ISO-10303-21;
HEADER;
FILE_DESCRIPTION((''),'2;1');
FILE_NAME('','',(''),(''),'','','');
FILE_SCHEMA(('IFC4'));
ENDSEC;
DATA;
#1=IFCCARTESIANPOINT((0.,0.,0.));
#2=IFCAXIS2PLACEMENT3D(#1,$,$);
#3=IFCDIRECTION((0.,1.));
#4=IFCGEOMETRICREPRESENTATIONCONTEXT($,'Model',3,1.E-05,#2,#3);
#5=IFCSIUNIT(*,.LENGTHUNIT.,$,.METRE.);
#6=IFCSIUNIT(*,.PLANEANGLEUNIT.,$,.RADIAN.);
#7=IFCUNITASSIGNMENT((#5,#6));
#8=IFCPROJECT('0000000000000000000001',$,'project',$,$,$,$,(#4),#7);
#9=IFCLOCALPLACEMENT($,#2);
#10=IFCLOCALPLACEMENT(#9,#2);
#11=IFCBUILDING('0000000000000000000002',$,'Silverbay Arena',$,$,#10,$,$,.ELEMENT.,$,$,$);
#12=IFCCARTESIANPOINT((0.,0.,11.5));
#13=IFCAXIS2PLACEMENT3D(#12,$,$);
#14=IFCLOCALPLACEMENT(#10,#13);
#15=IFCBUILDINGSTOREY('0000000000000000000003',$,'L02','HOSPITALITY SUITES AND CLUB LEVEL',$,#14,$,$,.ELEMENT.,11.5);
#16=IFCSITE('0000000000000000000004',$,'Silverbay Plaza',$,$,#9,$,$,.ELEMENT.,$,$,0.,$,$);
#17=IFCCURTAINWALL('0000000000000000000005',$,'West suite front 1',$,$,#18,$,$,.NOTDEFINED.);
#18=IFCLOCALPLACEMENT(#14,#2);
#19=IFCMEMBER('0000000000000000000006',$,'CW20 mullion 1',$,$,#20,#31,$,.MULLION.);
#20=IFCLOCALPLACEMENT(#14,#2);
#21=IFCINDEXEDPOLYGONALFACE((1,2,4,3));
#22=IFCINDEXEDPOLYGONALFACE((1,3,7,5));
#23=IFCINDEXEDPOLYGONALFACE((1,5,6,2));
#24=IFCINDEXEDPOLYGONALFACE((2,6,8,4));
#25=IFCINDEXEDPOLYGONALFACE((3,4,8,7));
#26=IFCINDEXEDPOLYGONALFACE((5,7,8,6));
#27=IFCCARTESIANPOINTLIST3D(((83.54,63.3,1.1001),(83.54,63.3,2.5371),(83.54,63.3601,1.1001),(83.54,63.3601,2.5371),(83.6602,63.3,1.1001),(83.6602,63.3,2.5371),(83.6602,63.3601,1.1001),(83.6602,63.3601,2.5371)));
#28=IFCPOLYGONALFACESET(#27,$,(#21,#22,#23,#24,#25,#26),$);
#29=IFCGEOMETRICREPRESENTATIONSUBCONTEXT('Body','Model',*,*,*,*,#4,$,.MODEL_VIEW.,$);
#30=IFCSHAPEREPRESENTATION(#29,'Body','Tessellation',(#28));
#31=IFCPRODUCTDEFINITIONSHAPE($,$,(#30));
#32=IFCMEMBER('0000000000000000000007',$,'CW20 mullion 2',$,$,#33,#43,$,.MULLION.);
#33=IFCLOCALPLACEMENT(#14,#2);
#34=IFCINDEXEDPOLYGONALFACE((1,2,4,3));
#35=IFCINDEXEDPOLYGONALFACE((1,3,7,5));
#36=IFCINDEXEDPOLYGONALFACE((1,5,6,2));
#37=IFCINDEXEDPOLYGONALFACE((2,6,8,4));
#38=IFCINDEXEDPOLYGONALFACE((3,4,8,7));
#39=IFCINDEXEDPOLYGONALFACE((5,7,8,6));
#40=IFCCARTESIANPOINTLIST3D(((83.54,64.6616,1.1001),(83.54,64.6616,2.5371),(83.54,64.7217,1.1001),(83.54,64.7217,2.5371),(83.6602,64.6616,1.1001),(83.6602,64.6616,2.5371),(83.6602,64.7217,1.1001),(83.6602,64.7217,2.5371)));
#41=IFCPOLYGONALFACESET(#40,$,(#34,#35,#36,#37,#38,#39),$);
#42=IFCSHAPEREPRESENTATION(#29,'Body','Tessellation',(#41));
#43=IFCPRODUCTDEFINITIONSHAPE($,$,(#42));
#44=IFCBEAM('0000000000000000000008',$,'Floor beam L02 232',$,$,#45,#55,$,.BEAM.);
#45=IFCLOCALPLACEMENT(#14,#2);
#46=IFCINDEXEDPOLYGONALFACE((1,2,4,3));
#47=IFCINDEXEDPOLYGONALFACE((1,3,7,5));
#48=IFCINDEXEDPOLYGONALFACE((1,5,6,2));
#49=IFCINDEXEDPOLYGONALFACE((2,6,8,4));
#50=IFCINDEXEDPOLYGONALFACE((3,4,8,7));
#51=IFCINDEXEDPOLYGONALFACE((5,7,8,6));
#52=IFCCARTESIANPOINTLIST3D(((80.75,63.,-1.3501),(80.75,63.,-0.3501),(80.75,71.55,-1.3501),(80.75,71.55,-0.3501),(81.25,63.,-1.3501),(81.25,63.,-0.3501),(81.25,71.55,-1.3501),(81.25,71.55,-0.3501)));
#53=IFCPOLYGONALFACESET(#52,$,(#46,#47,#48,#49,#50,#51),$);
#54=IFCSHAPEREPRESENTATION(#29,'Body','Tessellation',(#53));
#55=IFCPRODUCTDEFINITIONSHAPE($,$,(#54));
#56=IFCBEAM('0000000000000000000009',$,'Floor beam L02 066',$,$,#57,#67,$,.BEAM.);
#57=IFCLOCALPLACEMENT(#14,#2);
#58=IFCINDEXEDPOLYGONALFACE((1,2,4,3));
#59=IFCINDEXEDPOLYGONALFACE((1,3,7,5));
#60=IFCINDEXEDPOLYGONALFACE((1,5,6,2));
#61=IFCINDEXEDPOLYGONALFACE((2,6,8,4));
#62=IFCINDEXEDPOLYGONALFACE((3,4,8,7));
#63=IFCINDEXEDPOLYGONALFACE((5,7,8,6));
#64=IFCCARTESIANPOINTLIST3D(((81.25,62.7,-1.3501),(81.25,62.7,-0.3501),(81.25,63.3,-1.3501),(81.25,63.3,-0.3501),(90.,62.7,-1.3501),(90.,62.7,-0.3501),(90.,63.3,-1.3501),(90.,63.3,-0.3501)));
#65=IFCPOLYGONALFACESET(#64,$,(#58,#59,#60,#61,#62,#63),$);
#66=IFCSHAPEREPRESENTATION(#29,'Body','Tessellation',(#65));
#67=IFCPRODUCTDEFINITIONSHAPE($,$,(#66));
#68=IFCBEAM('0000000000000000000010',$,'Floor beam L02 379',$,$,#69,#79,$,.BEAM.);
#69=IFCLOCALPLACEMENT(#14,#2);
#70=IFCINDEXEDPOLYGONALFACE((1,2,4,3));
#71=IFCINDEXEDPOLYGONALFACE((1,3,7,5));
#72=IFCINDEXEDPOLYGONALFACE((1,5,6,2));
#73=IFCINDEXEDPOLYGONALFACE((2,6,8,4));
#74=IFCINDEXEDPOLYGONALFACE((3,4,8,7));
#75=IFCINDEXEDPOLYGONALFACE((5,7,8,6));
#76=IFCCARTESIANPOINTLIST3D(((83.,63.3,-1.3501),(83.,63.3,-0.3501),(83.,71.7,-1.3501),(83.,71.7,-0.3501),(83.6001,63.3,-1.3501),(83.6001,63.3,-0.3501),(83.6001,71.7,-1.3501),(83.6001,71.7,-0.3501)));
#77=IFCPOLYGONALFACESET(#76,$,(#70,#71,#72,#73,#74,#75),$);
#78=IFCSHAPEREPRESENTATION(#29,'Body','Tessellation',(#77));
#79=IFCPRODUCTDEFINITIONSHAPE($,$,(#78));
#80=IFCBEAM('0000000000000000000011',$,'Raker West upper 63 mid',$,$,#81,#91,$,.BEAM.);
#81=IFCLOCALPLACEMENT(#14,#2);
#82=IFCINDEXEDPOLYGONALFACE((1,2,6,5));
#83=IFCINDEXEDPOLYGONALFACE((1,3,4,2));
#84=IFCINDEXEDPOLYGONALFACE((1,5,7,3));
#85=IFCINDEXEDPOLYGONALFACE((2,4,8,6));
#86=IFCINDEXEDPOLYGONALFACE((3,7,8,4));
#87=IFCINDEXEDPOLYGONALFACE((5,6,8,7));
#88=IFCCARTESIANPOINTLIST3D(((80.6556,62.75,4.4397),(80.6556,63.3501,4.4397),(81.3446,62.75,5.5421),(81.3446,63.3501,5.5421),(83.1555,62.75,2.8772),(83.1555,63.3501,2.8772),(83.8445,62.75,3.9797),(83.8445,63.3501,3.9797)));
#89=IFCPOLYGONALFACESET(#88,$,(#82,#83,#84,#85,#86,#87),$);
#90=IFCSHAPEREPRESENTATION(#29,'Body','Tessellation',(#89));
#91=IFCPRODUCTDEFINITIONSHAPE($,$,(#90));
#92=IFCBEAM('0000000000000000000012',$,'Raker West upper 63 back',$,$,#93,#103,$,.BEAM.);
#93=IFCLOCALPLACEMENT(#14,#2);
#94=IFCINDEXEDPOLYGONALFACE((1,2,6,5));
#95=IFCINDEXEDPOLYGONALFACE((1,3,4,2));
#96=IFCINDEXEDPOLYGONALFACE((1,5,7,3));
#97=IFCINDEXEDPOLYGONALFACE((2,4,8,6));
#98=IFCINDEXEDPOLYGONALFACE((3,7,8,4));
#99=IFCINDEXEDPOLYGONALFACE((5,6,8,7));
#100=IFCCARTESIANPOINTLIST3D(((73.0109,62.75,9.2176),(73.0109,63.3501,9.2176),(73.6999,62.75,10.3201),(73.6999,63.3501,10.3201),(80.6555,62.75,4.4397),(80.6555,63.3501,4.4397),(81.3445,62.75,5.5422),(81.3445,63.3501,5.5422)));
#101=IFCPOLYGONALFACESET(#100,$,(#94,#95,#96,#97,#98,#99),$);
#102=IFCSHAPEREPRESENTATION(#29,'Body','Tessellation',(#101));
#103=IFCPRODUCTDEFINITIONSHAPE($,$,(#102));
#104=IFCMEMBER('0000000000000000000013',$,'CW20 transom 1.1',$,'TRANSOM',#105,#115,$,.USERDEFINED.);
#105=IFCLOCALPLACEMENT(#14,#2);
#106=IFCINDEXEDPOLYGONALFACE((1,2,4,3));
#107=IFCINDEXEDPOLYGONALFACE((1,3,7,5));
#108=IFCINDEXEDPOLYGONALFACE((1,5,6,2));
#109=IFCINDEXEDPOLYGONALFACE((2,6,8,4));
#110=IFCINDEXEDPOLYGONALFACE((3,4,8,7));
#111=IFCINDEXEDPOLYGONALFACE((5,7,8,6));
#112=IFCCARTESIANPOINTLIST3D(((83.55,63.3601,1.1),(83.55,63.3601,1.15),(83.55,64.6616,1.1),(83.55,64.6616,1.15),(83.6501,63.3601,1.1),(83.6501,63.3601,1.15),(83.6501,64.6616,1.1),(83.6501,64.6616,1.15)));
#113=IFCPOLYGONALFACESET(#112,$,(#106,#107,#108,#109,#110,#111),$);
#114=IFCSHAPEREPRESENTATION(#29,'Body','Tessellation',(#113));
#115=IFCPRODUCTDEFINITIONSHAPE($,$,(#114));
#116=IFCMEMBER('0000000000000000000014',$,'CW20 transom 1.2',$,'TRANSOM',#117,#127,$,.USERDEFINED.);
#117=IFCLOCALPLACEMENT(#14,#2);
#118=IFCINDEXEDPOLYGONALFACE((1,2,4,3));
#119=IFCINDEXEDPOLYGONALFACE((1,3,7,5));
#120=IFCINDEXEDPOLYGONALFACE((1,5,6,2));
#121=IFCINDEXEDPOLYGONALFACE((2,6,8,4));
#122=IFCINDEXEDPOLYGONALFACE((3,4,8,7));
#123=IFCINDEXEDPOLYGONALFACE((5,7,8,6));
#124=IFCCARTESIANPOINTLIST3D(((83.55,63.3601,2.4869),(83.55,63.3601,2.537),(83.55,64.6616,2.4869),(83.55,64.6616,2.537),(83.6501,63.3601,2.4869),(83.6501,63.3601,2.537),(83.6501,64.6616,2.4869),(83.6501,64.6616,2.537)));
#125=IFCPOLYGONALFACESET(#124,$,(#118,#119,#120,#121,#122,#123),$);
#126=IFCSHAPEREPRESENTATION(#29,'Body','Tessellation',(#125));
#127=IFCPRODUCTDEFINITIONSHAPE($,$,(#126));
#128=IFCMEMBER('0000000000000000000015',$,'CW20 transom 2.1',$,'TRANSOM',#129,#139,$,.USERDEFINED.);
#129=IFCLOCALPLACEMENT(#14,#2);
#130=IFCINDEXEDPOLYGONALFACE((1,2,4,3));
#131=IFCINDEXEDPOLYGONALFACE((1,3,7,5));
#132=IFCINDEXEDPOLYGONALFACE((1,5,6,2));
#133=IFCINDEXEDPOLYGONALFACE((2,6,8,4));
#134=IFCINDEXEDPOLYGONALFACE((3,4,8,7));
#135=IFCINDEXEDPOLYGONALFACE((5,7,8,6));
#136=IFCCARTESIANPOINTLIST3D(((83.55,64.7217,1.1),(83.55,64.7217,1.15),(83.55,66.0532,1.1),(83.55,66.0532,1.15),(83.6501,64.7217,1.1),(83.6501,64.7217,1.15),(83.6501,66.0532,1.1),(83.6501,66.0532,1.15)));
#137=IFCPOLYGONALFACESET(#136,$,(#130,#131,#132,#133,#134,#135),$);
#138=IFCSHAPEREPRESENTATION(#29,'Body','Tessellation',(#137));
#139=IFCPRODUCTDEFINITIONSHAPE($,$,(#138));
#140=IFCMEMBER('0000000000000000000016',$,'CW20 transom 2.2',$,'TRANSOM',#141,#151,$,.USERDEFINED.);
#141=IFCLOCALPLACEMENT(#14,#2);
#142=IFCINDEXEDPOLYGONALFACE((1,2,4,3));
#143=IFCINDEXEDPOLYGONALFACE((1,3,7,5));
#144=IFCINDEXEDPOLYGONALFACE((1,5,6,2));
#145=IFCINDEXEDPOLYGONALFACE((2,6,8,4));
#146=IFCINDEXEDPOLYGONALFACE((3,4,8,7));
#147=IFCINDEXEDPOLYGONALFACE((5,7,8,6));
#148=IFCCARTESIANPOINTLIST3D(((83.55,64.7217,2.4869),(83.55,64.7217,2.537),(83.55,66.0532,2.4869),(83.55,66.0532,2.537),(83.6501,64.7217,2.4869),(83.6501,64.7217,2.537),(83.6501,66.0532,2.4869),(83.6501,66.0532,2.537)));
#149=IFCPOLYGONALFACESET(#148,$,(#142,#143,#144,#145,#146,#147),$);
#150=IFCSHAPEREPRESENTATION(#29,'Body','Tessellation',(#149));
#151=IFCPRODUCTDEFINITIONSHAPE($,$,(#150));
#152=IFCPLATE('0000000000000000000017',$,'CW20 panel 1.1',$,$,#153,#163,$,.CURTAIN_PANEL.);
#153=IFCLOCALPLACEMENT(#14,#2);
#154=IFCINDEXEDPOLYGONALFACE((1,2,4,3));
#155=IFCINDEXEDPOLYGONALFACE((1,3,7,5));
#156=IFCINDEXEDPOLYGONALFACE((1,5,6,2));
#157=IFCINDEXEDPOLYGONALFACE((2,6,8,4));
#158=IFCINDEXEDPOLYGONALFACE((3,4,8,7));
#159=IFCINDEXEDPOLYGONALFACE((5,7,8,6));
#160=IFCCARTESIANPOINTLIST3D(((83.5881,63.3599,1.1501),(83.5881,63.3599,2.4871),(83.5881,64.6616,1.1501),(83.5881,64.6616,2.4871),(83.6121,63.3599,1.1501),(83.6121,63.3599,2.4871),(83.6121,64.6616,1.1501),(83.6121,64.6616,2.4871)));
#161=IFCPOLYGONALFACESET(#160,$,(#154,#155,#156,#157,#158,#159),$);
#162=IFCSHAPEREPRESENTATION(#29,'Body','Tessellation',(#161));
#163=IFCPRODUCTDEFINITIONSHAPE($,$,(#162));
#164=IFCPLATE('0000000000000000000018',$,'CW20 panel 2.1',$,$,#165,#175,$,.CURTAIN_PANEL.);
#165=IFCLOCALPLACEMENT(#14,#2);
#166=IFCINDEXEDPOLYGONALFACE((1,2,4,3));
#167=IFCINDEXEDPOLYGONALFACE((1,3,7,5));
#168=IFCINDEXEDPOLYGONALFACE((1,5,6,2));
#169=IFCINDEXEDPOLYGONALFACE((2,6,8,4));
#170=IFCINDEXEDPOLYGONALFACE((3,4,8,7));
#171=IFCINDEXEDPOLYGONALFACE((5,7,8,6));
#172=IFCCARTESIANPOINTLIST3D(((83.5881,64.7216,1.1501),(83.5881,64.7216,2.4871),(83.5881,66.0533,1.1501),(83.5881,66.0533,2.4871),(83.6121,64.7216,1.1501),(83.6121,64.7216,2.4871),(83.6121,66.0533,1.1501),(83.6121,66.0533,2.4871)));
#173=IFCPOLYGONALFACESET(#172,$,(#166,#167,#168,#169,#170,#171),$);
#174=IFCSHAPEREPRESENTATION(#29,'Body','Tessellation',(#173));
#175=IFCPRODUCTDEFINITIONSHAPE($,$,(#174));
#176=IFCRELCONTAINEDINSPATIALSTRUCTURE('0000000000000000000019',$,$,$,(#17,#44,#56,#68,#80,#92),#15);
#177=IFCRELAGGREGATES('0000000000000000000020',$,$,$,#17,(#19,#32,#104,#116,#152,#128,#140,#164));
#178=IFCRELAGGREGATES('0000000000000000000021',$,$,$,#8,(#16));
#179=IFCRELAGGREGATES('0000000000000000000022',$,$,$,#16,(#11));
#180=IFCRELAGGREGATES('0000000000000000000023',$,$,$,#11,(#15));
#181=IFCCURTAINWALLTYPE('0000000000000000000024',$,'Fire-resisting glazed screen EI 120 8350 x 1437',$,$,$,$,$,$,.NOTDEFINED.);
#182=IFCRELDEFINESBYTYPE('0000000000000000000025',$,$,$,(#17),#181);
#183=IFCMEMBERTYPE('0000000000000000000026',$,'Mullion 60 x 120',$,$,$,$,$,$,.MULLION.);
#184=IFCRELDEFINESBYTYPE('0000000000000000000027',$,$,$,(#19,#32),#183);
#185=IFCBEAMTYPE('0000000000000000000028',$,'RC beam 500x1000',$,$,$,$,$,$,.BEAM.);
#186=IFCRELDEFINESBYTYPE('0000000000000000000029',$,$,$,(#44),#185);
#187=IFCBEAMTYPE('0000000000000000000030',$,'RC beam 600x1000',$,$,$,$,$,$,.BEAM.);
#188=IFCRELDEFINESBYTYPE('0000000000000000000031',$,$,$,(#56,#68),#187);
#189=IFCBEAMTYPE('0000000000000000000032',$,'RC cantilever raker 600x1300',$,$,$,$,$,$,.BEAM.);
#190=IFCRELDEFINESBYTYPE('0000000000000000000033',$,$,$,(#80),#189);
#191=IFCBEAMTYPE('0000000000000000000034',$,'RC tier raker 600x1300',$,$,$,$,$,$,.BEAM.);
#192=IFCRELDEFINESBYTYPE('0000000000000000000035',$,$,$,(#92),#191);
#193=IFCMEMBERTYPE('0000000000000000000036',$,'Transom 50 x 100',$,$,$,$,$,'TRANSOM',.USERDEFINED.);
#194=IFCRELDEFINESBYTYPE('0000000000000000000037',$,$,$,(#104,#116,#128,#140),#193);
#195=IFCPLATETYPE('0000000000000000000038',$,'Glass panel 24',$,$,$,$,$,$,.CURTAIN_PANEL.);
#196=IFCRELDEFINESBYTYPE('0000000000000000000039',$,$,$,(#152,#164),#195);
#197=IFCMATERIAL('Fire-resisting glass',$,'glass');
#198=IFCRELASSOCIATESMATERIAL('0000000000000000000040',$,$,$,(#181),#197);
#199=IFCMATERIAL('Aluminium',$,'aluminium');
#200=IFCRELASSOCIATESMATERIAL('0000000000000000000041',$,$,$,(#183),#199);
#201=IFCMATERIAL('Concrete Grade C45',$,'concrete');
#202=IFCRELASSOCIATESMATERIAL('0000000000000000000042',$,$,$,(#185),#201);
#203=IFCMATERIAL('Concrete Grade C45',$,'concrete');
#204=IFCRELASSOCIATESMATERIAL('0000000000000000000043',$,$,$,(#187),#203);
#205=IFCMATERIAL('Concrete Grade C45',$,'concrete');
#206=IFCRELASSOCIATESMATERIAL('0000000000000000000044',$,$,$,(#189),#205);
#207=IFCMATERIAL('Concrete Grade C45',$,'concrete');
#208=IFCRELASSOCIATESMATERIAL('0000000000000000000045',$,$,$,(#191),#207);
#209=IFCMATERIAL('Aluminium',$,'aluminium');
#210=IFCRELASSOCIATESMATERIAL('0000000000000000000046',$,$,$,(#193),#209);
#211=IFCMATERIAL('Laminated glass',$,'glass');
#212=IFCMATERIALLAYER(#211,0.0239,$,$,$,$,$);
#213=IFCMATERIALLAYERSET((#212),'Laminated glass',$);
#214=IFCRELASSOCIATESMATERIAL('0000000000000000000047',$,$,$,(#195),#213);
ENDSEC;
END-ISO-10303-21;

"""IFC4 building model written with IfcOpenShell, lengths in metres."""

from ifc_helpers import new_model, si_unit, direction, frame, origin, origin_2d, place, context, subcontext, project, spatial, rectangle, extrude, material, layer, layer_set, material_profile, profile_set, type_object, element, aggregate, save


model = new_model("IFC4")

# Units and contexts
model_context = context("Model", 3, precision=1e-05, world=origin(), true_north=direction((0.0, 1.0)))
body_context = subcontext(model_context, "Body", "Model", "MODEL_VIEW")
ifc_project = project(units=[si_unit("LENGTHUNIT", "METRE"), si_unit("PLANEANGLEUNIT", "RADIAN")], contexts=[model_context])

# Site, building, storey
site_placement = place(None, origin())
site = spatial("IfcSite", under=ifc_project, at=site_placement, Name="Silverbay Plaza", CompositionType="ELEMENT", RefElevation=0.0)
building_placement = place(site_placement, origin())
building = spatial("IfcBuilding", under=site, at=building_placement, Name="Silverbay Arena", CompositionType="ELEMENT")
storey_placement = place(building_placement, frame((0.0, 0.0, 11.5)))
storey = spatial("IfcBuildingStorey", under=building, at=storey_placement, Name="L02", Description="HOSPITALITY SUITES AND CLUB LEVEL", CompositionType="ELEMENT", Elevation=11.5)

# Curtain wall, members
ifc_material_1 = material(Name="Fire-resisting glass", Category="glass")
curtain_wall_type = type_object("IfcCurtainWallType", Name="Fire-resisting glazed screen EI 120 8350 x 1437", PredefinedType="NOTDEFINED", material=ifc_material_1)
curtain_wall_placement = place(storey_placement, origin())
curtain_wall = element("IfcCurtainWall", 1, at=curtain_wall_placement, inside=storey, type_object=curtain_wall_type, Name="West suite front 1", PredefinedType="NOTDEFINED")
ifc_material_2 = material(Name="Aluminium", Category="aluminium")
ifc_material_profile_1 = material_profile(ifc_material_2, rectangle(XDim=0.1201, YDim=0.0601, at=origin_2d()), Name="Mullion 60 x 120")
ifc_profile_set_1 = profile_set([ifc_material_profile_1], Name="Aluminium")
member_type_1 = type_object("IfcMemberType", Name="Mullion 60 x 120", PredefinedType="MULLION", material=ifc_profile_set_1)
member_1_placement = place(storey_placement, frame((83.6001, 63.3301, 1.1001), z_axis=(0.0, 0.0, 1.0), x_axis=(-1.0, 0.0, 0.0)))
member_1 = element("IfcMember", 2, at=member_1_placement, type_object=member_type_1, Name="CW20 mullion 1", PredefinedType="MULLION", context=body_context, shape_type="SweptSolid", body=[
    extrude(rectangle(XDim=0.1201, YDim=0.0601, at=origin_2d()), origin(), (0.0, 0.0, 1.0), 1.437),
])
member_2_placement = place(storey_placement, frame((83.6001, 64.6917, 1.1001), z_axis=(0.0, 0.0, 1.0), x_axis=(-1.0, 0.0, 0.0)))
member_2 = element("IfcMember", 3, at=member_2_placement, type_object=member_type_1, Name="CW20 mullion 2", PredefinedType="MULLION", context=body_context, shape_type="SweptSolid", body=[
    extrude(rectangle(XDim=0.1201, YDim=0.0601, at=origin_2d()), origin(), (0.0, 0.0, 1.0), 1.437),
])

# Beams
ifc_material_3 = material(Name="Concrete Grade C45", Category="concrete")
ifc_material_profile_2 = material_profile(ifc_material_3, rectangle(XDim=0.5, YDim=1.0, at=origin_2d()), Name="RC 500x1000")
ifc_profile_set_2 = profile_set([ifc_material_profile_2], Name="Concrete Grade C45")
beam_type_1 = type_object("IfcBeamType", Name="RC beam 500x1000", PredefinedType="BEAM", material=ifc_profile_set_2)
beam_1_placement = place(storey_placement, frame((81.0, 63.0, -0.8501), z_axis=(0.0, 1.0, 0.0), x_axis=(-1.0, 0.0, 0.0)))
element("IfcBeam", 4, at=beam_1_placement, inside=storey, type_object=beam_type_1, Name="Floor beam L02 232", PredefinedType="BEAM", context=body_context, shape_type="SweptSolid", body=[
    extrude(rectangle(XDim=0.5, YDim=1.0, at=origin_2d()), origin(), (0.0, 0.0, 1.0), 8.55),
])
ifc_material_4 = material(Name="Concrete Grade C45", Category="concrete")
ifc_material_profile_3 = material_profile(ifc_material_4, rectangle(XDim=0.6001, YDim=1.0, at=origin_2d()), Name="RC 600x1000")
ifc_profile_set_3 = profile_set([ifc_material_profile_3], Name="Concrete Grade C45")
beam_type_2 = type_object("IfcBeamType", Name="RC beam 600x1000", PredefinedType="BEAM", material=ifc_profile_set_3)
beam_2_placement = place(storey_placement, frame((81.25, 63.0, -0.8501), z_axis=(1.0, 0.0, 0.0), x_axis=(0.0, 1.0, 0.0)))
element("IfcBeam", 5, at=beam_2_placement, inside=storey, type_object=beam_type_2, Name="Floor beam L02 066", PredefinedType="BEAM", context=body_context, shape_type="SweptSolid", body=[
    extrude(rectangle(XDim=0.6001, YDim=1.0, at=origin_2d()), origin(), (0.0, 0.0, 1.0), 8.75),
])
beam_3_placement = place(storey_placement, frame((83.3, 63.3, -0.8501), z_axis=(0.0, 1.0, 0.0), x_axis=(-1.0, 0.0, 0.0)))
element("IfcBeam", 6, at=beam_3_placement, inside=storey, type_object=beam_type_2, Name="Floor beam L02 379", PredefinedType="BEAM", context=body_context, shape_type="SweptSolid", body=[
    extrude(rectangle(XDim=0.6001, YDim=1.0, at=origin_2d()), origin(), (0.0, 0.0, 1.0), 8.3999),
])
ifc_material_5 = material(Name="Concrete Grade C45", Category="concrete")
ifc_material_profile_4 = material_profile(ifc_material_5, rectangle(XDim=0.6001, YDim=1.3, at=origin_2d()), Name="RC 600x1300")
ifc_profile_set_4 = profile_set([ifc_material_profile_4], Name="Concrete Grade C45")
beam_type_3 = type_object("IfcBeamType", Name="RC cantilever raker 600x1300", PredefinedType="BEAM", material=ifc_profile_set_4)
beam_4_placement = place(storey_placement, frame((83.5, 63.05, 3.4285), z_axis=(-0.847998, 0.0, 0.529999), x_axis=(0.0, -1.0, 0.0)))
element("IfcBeam", 7, at=beam_4_placement, inside=storey, type_object=beam_type_3, Name="Raker West upper 63 mid", PredefinedType="BEAM", context=body_context, shape_type="SweptSolid", body=[
    extrude(rectangle(XDim=0.6001, YDim=1.3, at=origin_2d()), origin(), (0.0, 0.0, 1.0), 2.948),
])
ifc_material_6 = material(Name="Concrete Grade C45", Category="concrete")
ifc_material_profile_5 = material_profile(ifc_material_6, rectangle(XDim=0.6001, YDim=1.3, at=origin_2d()), Name="RC 600x1300")
ifc_profile_set_5 = profile_set([ifc_material_profile_5], Name="Concrete Grade C45")
beam_type_4 = type_object("IfcBeamType", Name="RC tier raker 600x1300", PredefinedType="BEAM", material=ifc_profile_set_5)
beam_5_placement = place(storey_placement, frame((81.0, 63.05, 4.991), z_axis=(-0.847998, 0.0, 0.529999), x_axis=(0.0, -1.0, 0.0)))
element("IfcBeam", 8, at=beam_5_placement, inside=storey, type_object=beam_type_4, Name="Raker West upper 63 back", PredefinedType="BEAM", context=body_context, shape_type="SweptSolid", body=[
    extrude(rectangle(XDim=0.6001, YDim=1.3, at=origin_2d()), origin(), (0.0, 0.0, 1.0), 9.0149),
])

# Members
ifc_material_7 = material(Name="Aluminium", Category="aluminium")
ifc_material_profile_6 = material_profile(ifc_material_7, rectangle(XDim=0.1001, YDim=0.05, at=origin_2d()), Name="Transom 50 x 100")
ifc_profile_set_6 = profile_set([ifc_material_profile_6], Name="Aluminium")
member_type_2 = type_object("IfcMemberType", Name="Transom 50 x 100", ElementType="TRANSOM", PredefinedType="USERDEFINED", material=ifc_profile_set_6)
member_3_placement = place(storey_placement, frame((83.6001, 63.3601, 1.125), z_axis=(0.0, 1.0, 0.0), x_axis=(-1.0, 0.0, 0.0)))
member_3 = element("IfcMember", 9, at=member_3_placement, type_object=member_type_2, Name="CW20 transom 1.1", ObjectType="TRANSOM", PredefinedType="USERDEFINED", context=body_context, shape_type="SweptSolid", body=[
    extrude(rectangle(XDim=0.1001, YDim=0.05, at=origin_2d()), origin(), (0.0, 0.0, 1.0), 1.3015),
])
member_4_placement = place(storey_placement, frame((83.6001, 63.3601, 2.512), z_axis=(0.0, 1.0, 0.0), x_axis=(-1.0, 0.0, 0.0)))
member_4 = element("IfcMember", 10, at=member_4_placement, type_object=member_type_2, Name="CW20 transom 1.2", ObjectType="TRANSOM", PredefinedType="USERDEFINED", context=body_context, shape_type="SweptSolid", body=[
    extrude(rectangle(XDim=0.1001, YDim=0.05, at=origin_2d()), origin(), (0.0, 0.0, 1.0), 1.3015),
])
member_5_placement = place(storey_placement, frame((83.6001, 64.7217, 1.125), z_axis=(0.0, 1.0, 0.0), x_axis=(-1.0, 0.0, 0.0)))
member_5 = element("IfcMember", 11, at=member_5_placement, type_object=member_type_2, Name="CW20 transom 2.1", ObjectType="TRANSOM", PredefinedType="USERDEFINED", context=body_context, shape_type="SweptSolid", body=[
    extrude(rectangle(XDim=0.1001, YDim=0.05, at=origin_2d()), origin(), (0.0, 0.0, 1.0), 1.3315),
])
member_6_placement = place(storey_placement, frame((83.6001, 64.7217, 2.512), z_axis=(0.0, 1.0, 0.0), x_axis=(-1.0, 0.0, 0.0)))
member_6 = element("IfcMember", 12, at=member_6_placement, type_object=member_type_2, Name="CW20 transom 2.2", ObjectType="TRANSOM", PredefinedType="USERDEFINED", context=body_context, shape_type="SweptSolid", body=[
    extrude(rectangle(XDim=0.1001, YDim=0.05, at=origin_2d()), origin(), (0.0, 0.0, 1.0), 1.3315),
])

# Plates
ifc_material_8 = material(Name="Laminated glass", Category="glass")
ifc_layer_1 = layer(ifc_material_8, 0.0239)
ifc_layer_set_1 = layer_set([ifc_layer_1], Name="Laminated glass")
plate_type = type_object("IfcPlateType", Name="Glass panel 24", PredefinedType="CURTAIN_PANEL", material=ifc_layer_set_1)
plate_1_placement = place(storey_placement, frame((83.6001, 64.0107, 1.1501), z_axis=(0.0, 0.0, 1.0), x_axis=(0.0, 1.0, 0.0)))
plate_1 = element("IfcPlate", 13, at=plate_1_placement, type_object=plate_type, Name="CW20 panel 1.1", PredefinedType="CURTAIN_PANEL", context=body_context, shape_type="SweptSolid", body=[
    extrude(rectangle(XDim=1.3018, YDim=0.0239, at=origin_2d()), origin(), (0.0, 0.0, 1.0), 1.3369),
])
plate_2_placement = place(storey_placement, frame((83.6001, 65.3875, 1.1501), z_axis=(0.0, 0.0, 1.0), x_axis=(0.0, 1.0, 0.0)))
plate_2 = element("IfcPlate", 14, at=plate_2_placement, type_object=plate_type, Name="CW20 panel 2.1", PredefinedType="CURTAIN_PANEL", context=body_context, shape_type="SweptSolid", body=[
    extrude(rectangle(XDim=1.3318, YDim=0.0239, at=origin_2d()), origin(), (0.0, 0.0, 1.0), 1.3369),
])
aggregate(curtain_wall, [member_1, member_2, member_3, member_4, plate_1, member_5, member_6, plate_2])

save(model, "model.ifc")
